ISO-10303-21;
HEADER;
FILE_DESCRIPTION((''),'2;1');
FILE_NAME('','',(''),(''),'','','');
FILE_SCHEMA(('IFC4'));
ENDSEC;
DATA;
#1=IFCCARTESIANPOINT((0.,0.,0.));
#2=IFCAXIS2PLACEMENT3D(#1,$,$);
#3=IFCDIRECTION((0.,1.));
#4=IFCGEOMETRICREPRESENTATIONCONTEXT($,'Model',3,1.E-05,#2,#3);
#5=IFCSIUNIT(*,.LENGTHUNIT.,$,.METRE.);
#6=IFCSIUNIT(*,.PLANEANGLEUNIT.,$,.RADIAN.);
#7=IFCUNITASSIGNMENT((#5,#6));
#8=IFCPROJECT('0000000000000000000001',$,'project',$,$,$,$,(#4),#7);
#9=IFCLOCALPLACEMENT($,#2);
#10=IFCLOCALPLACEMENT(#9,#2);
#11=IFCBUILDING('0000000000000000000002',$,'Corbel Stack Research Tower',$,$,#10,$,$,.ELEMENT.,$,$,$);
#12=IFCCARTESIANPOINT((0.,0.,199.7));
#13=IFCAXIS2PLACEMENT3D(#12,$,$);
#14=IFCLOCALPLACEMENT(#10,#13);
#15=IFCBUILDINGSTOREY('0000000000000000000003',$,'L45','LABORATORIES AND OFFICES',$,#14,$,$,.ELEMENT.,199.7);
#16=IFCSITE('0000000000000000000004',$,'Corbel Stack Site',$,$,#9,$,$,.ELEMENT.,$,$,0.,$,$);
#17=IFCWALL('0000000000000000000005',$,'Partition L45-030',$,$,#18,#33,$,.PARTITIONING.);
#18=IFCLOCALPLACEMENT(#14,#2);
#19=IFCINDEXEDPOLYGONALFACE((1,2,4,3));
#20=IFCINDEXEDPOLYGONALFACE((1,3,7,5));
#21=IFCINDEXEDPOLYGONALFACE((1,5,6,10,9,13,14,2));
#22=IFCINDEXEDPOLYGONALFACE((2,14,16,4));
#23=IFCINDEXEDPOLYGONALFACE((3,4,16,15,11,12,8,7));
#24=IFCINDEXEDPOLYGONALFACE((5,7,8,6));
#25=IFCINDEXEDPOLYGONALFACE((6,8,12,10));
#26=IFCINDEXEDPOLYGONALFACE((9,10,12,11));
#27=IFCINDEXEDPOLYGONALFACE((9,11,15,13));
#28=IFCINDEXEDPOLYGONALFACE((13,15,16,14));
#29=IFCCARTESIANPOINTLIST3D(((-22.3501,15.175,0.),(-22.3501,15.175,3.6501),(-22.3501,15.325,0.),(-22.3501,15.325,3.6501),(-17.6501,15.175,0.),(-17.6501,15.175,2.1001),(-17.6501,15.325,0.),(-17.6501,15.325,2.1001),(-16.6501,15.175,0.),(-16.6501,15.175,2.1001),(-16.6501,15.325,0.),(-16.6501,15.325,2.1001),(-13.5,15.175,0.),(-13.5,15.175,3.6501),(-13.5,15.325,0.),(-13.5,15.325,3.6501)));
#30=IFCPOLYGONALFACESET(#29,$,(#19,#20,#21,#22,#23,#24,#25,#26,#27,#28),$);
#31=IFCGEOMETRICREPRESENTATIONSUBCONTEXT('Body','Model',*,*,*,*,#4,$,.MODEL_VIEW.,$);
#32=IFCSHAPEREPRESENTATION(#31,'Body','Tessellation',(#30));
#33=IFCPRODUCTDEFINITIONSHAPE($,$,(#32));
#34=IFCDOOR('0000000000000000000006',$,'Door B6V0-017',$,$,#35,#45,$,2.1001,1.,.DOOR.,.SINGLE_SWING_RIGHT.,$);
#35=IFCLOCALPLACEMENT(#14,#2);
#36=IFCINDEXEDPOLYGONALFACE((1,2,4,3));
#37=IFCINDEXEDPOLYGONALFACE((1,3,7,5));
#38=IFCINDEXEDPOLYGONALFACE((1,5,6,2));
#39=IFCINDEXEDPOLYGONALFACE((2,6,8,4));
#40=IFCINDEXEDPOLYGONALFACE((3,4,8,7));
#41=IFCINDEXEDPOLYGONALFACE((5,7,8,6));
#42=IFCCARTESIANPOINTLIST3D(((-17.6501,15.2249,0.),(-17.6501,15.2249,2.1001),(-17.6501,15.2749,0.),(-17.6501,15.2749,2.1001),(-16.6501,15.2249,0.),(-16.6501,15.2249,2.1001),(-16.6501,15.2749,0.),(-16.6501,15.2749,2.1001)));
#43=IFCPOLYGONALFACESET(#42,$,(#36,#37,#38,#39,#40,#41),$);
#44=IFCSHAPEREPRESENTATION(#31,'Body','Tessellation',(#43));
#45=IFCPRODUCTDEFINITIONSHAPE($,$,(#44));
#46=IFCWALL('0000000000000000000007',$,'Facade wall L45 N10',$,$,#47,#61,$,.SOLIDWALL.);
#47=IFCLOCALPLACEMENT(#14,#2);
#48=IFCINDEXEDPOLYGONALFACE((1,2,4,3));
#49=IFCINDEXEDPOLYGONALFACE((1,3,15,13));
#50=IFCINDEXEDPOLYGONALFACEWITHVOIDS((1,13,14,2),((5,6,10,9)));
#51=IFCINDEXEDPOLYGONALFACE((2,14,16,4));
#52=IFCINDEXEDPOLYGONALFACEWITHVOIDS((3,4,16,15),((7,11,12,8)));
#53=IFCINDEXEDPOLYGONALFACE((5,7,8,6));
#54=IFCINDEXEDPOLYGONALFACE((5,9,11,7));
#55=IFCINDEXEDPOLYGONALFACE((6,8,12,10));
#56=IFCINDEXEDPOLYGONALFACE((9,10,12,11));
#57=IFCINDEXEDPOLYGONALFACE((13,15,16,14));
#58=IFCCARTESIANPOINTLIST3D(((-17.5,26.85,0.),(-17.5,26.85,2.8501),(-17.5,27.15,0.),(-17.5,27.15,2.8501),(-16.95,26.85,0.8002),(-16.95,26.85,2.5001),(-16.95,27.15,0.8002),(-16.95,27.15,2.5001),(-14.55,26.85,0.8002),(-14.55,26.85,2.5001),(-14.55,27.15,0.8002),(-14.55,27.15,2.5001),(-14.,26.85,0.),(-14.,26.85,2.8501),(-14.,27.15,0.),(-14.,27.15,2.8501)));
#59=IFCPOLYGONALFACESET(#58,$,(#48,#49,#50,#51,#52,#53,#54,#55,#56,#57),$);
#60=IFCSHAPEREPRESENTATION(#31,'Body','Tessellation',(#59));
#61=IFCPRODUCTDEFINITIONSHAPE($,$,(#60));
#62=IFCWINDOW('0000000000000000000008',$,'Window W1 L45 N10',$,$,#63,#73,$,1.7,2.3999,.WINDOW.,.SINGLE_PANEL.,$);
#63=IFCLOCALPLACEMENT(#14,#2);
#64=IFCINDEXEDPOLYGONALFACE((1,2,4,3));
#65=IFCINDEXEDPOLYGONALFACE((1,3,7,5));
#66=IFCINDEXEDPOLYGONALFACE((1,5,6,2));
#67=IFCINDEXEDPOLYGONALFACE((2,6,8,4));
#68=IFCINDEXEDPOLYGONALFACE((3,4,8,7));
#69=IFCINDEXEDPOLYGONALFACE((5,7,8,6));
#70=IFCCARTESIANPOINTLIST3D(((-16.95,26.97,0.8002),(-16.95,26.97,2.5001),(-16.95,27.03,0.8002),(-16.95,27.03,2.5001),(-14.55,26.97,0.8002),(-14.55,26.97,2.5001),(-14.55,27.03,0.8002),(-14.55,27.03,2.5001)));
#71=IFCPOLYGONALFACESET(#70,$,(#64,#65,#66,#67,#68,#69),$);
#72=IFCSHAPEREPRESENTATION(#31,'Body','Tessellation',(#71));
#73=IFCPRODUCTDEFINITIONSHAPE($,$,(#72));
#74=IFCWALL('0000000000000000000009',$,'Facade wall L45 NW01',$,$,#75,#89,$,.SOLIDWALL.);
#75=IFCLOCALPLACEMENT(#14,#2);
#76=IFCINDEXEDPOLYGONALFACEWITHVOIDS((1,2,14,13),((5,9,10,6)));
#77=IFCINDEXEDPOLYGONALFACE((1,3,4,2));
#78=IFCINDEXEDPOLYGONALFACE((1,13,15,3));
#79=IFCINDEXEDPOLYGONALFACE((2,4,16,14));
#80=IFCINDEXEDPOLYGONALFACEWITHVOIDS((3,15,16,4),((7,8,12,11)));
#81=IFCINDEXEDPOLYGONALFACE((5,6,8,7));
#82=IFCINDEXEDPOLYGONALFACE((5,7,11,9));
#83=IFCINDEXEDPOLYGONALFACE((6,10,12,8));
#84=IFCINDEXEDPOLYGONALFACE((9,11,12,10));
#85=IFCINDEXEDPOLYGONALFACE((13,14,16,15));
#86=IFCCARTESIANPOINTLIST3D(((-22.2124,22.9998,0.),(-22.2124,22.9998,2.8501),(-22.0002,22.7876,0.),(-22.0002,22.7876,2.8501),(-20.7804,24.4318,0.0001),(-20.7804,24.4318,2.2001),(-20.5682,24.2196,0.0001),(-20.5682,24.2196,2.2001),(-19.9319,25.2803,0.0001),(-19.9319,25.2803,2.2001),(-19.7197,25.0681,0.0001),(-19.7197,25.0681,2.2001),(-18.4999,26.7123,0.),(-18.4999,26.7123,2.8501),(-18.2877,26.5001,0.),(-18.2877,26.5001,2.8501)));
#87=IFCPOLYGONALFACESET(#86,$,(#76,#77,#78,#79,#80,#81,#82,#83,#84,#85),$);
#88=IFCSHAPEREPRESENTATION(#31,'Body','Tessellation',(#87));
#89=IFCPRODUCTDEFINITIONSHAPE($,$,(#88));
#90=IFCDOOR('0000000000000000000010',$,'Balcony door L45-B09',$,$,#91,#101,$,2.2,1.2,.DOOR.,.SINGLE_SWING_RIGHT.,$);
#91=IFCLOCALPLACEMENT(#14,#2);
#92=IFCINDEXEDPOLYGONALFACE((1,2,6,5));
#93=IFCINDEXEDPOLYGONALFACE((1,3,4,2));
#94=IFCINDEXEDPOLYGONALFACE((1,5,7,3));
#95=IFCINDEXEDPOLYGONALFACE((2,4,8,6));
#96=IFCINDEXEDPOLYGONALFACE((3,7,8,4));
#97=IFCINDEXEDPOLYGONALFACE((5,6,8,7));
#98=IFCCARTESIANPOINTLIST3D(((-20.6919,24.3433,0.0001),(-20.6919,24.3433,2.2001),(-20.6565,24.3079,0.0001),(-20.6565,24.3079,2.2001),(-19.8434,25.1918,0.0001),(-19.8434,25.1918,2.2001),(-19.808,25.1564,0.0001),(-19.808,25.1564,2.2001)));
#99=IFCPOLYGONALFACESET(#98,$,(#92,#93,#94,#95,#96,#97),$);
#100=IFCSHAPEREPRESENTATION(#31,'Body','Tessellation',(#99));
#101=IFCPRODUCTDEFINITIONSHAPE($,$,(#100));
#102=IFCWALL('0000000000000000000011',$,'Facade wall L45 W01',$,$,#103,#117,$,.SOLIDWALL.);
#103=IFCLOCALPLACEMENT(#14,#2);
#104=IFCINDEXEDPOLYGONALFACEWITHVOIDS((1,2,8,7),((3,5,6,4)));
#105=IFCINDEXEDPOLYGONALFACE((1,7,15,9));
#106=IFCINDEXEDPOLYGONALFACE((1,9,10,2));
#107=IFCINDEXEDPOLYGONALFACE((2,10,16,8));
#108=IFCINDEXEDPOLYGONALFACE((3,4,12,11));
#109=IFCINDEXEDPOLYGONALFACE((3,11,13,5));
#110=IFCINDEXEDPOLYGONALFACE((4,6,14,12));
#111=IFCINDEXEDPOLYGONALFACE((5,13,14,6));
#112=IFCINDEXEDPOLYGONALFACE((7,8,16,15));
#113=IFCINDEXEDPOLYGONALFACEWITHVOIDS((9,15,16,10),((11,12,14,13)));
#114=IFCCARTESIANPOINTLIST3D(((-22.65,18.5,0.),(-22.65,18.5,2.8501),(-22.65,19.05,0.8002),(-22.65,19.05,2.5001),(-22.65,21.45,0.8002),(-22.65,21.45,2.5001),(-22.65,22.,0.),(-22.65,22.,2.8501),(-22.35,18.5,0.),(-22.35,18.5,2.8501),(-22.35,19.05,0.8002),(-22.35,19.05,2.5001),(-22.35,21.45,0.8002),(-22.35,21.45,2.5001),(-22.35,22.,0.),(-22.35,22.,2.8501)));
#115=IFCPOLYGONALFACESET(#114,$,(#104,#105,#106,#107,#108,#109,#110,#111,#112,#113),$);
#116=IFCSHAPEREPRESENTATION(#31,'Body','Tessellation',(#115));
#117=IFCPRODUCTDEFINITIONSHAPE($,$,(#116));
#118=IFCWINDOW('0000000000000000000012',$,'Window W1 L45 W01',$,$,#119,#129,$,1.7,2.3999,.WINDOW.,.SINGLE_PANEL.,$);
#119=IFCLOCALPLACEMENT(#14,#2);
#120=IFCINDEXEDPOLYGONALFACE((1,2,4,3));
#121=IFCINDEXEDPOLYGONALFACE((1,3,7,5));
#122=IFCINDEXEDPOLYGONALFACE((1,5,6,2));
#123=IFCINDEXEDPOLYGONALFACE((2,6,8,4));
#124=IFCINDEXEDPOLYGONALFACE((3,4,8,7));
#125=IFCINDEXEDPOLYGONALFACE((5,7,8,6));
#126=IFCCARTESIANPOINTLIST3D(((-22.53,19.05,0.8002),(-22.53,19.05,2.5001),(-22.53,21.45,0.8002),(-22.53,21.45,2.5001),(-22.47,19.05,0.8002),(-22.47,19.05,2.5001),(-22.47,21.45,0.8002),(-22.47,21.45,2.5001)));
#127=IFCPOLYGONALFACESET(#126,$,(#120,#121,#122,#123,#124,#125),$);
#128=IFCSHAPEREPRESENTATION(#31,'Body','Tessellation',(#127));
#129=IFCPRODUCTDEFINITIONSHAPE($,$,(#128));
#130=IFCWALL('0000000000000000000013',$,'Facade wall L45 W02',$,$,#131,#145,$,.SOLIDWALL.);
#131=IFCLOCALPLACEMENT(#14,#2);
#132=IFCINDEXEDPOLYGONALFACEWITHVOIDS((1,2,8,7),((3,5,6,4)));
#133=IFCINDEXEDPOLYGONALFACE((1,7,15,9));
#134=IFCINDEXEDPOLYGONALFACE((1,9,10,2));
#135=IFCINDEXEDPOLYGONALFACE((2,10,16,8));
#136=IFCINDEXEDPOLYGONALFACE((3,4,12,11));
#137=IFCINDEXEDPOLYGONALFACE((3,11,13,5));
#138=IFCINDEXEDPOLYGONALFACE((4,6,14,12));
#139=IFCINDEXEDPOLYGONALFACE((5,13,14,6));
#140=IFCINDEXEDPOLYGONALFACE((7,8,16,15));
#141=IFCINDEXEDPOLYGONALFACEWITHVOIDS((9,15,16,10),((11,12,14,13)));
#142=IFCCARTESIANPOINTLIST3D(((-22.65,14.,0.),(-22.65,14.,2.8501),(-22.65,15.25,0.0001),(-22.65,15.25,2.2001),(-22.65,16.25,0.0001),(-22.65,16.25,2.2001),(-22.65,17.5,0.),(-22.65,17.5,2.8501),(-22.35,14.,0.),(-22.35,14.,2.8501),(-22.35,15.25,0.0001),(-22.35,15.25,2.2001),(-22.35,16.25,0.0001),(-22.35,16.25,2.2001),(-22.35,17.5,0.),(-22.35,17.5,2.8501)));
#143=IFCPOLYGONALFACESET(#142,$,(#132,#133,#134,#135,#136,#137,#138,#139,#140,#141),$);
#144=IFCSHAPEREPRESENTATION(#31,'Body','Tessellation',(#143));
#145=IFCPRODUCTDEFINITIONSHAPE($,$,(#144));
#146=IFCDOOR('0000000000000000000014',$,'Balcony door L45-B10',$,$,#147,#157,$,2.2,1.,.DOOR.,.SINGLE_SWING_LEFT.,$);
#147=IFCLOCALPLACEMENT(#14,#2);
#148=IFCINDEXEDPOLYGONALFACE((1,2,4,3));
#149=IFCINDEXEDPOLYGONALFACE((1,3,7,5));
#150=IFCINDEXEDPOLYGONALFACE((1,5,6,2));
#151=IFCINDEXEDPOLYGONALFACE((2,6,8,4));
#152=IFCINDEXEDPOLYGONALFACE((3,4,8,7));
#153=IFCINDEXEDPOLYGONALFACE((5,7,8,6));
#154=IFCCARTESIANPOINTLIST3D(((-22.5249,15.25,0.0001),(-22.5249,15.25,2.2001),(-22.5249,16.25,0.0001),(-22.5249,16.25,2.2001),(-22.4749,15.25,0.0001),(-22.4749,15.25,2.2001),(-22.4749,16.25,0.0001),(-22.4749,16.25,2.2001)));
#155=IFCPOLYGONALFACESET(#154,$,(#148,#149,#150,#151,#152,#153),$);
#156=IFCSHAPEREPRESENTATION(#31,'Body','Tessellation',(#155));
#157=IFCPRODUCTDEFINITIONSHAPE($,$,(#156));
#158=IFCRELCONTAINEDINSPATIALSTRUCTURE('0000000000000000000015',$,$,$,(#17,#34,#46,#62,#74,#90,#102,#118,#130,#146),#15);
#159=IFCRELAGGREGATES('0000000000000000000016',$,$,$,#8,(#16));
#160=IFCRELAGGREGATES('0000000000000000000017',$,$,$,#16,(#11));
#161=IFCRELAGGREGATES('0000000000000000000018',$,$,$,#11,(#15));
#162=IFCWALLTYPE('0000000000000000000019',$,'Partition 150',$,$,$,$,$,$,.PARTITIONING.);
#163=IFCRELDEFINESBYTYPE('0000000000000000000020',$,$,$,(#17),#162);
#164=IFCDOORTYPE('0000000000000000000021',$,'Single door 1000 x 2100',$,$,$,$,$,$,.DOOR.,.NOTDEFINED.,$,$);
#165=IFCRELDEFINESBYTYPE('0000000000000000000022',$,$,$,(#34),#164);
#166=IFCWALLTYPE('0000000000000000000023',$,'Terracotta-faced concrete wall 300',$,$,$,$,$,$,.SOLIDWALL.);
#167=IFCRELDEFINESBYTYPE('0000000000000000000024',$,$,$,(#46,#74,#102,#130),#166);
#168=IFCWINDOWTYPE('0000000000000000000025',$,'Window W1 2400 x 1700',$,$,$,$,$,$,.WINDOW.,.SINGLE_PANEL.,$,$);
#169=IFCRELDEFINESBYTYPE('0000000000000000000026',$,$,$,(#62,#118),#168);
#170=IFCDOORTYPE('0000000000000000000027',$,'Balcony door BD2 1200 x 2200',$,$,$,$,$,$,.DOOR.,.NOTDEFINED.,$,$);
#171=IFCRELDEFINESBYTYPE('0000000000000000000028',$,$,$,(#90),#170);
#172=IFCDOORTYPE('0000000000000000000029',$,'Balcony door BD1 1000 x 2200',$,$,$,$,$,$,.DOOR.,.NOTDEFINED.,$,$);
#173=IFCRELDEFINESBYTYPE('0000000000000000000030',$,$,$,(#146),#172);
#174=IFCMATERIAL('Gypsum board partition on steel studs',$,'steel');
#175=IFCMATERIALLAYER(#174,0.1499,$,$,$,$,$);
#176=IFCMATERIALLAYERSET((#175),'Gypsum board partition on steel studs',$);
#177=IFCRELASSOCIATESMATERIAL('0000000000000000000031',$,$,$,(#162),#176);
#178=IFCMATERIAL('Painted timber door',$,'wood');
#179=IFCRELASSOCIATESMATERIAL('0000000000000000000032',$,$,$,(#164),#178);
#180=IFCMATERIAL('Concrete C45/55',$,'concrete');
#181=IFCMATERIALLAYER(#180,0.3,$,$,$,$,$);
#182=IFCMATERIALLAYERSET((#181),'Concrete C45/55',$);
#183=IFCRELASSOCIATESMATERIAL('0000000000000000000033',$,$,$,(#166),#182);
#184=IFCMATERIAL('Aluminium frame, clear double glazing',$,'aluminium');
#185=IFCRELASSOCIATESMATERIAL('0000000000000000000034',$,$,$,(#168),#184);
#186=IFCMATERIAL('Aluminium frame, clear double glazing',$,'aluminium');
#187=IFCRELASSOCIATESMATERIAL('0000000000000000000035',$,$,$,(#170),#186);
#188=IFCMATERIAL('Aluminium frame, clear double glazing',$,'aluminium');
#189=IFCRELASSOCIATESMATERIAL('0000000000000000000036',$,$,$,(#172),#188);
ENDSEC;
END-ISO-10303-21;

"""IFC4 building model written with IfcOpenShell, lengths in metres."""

from ifc_helpers import new_model, si_unit, direction, frame, frame_2d, origin, place, context, subcontext, project, spatial, rectangle, extrude, material, layer, layer_set, type_object, element, fill, save


model = new_model("IFC4")

# Units and contexts
model_context = context("Model", 3, precision=1e-05, world=origin(), true_north=direction((0.0, 1.0)))
body_context = subcontext(model_context, "Body", "Model", "MODEL_VIEW")
ifc_project = project(units=[si_unit("LENGTHUNIT", "METRE"), si_unit("PLANEANGLEUNIT", "RADIAN")], contexts=[model_context])

# Site, building, storey
site_placement = place(None, origin())
site = spatial("IfcSite", under=ifc_project, at=site_placement, Name="Corbel Stack Site", CompositionType="ELEMENT", RefElevation=0.0)
building_placement = place(site_placement, origin())
building = spatial("IfcBuilding", under=site, at=building_placement, Name="Corbel Stack Research Tower", CompositionType="ELEMENT")
storey_placement = place(building_placement, frame((0.0, 0.0, 199.7)))
storey = spatial("IfcBuildingStorey", under=building, at=storey_placement, Name="L45", Description="LABORATORIES AND OFFICES", CompositionType="ELEMENT", Elevation=199.7)

# Wall, opening, door
ifc_material_1 = material(Name="Gypsum board partition on steel studs", Category="steel")
ifc_layer_1 = layer(ifc_material_1, 0.1499)
ifc_layer_set_1 = layer_set([ifc_layer_1], Name="Gypsum board partition on steel studs")
wall_type_1 = type_object("IfcWallType", Name="Partition 150", PredefinedType="PARTITIONING", material=ifc_layer_set_1)
wall_1_placement = place(storey_placement, frame((-22.3501, 15.25, 0.0), z_axis=(0.0, 0.0, 1.0), x_axis=(1.0, 0.0, 0.0)))
wall_1 = element("IfcWall", 1, at=wall_1_placement, inside=storey, type_object=wall_type_1, Name="Partition L45-030", PredefinedType="PARTITIONING", context=body_context, shape_type="SweptSolid", body=[
    extrude(rectangle(XDim=8.8501, YDim=0.1499, at=frame_2d((4.425, 0.0))), origin(), (0.0, 0.0, 1.0), 3.6501),
])
opening_1_placement = place(wall_1_placement, frame((4.7, 0.0, 0.0)))
opening_1 = element("IfcOpeningElement", 2, at=opening_1_placement, cuts=wall_1, PredefinedType="OPENING", context=body_context, shape_type="SweptSolid", body=[
    extrude(rectangle(XDim=1.0, YDim=2.1001, at=frame_2d((0.5, 1.05))), frame((0.0, 0.085, 0.0), z_axis=(0.0, -1.0, 0.0), x_axis=(1.0, 0.0, 0.0)), (0.0, 0.0, 1.0), 0.1699),
])
ifc_material_2 = material(Name="Painted timber door", Category="wood")
door_type_1 = type_object("IfcDoorType", Name="Single door 1000 x 2100", OperationType="NOTDEFINED", PredefinedType="DOOR", material=ifc_material_2)
door_1_placement = place(opening_1_placement, origin())
door_1 = element("IfcDoor", 3, at=door_1_placement, inside=storey, type_object=door_type_1, Name="Door B6V0-017", OperationType="SINGLE_SWING_RIGHT", OverallHeight=2.1001, OverallWidth=1.0, PredefinedType="DOOR", context=body_context, shape_type="SweptSolid", body=[
    extrude(rectangle(XDim=1.0, YDim=2.1001, at=frame_2d((0.5, 1.05))), frame((0.0, 0.0249, 0.0), z_axis=(0.0, -1.0, 0.0), x_axis=(1.0, 0.0, 0.0)), (0.0, 0.0, 1.0), 0.05),
])
fill(opening_1, door_1)

# Wall, opening, window
ifc_material_3 = material(Name="Concrete C45/55", Category="concrete")
ifc_layer_2 = layer(ifc_material_3, 0.3)
ifc_layer_set_2 = layer_set([ifc_layer_2], Name="Concrete C45/55")
wall_type_2 = type_object("IfcWallType", Name="Terracotta-faced concrete wall 300", PredefinedType="SOLIDWALL", material=ifc_layer_set_2)
wall_2_placement = place(storey_placement, frame((-17.5, 27.0, 0.0), z_axis=(0.0, 0.0, 1.0), x_axis=(1.0, 0.0, 0.0)))
wall_2 = element("IfcWall", 4, at=wall_2_placement, inside=storey, type_object=wall_type_2, Name="Facade wall L45 N10", PredefinedType="SOLIDWALL", context=body_context, shape_type="SweptSolid", body=[
    extrude(rectangle(XDim=3.5, YDim=0.3, at=frame_2d((1.75, 0.0))), origin(), (0.0, 0.0, 1.0), 2.8501),
])
opening_2_placement = place(wall_2_placement, frame((0.55, 0.0, 0.8)))
opening_2 = element("IfcOpeningElement", 5, at=opening_2_placement, cuts=wall_2, PredefinedType="OPENING", context=body_context, shape_type="SweptSolid", body=[
    extrude(rectangle(XDim=2.3999, YDim=1.7, at=frame_2d((1.2, 0.8501))), frame((0.0, 0.1599, 0.0), z_axis=(0.0, -1.0, 0.0), x_axis=(1.0, 0.0, 0.0)), (0.0, 0.0, 1.0), 0.3201),
])
ifc_material_4 = material(Name="Aluminium frame, clear double glazing", Category="aluminium")
window_type = type_object("IfcWindowType", Name="Window W1 2400 x 1700", PartitioningType="SINGLE_PANEL", PredefinedType="WINDOW", material=ifc_material_4)
window_1_placement = place(opening_2_placement, origin())
window_1 = element("IfcWindow", 6, at=window_1_placement, inside=storey, type_object=window_type, Name="Window W1 L45 N10", OverallHeight=1.7, OverallWidth=2.3999, PartitioningType="SINGLE_PANEL", PredefinedType="WINDOW", context=body_context, shape_type="SweptSolid", body=[
    extrude(rectangle(XDim=2.3999, YDim=1.7, at=frame_2d((1.2, 0.8501))), frame((0.0, 0.03, 0.0), z_axis=(0.0, -1.0, 0.0), x_axis=(1.0, 0.0, 0.0)), (0.0, 0.0, 1.0), 0.0601),
])
fill(opening_2, window_1)

# Wall, opening, door
wall_3_placement = place(storey_placement, frame((-22.1062, 22.8938, 0.0), z_axis=(0.0, 0.0, 1.0), x_axis=(0.707107, 0.707107, 0.0)))
wall_3 = element("IfcWall", 7, at=wall_3_placement, inside=storey, type_object=wall_type_2, Name="Facade wall L45 NW01", PredefinedType="SOLIDWALL", context=body_context, shape_type="SweptSolid", body=[
    extrude(rectangle(XDim=5.2502, YDim=0.3, at=frame_2d((2.625, 0.0))), origin(), (0.0, 0.0, 1.0), 2.8501),
])
opening_3_placement = place(wall_3_placement, frame((2.0249, 0.0, 0.0)))
opening_3 = element("IfcOpeningElement", 8, at=opening_3_placement, cuts=wall_3, PredefinedType="OPENING", context=body_context, shape_type="SweptSolid", body=[
    extrude(rectangle(XDim=1.2, YDim=2.2, at=frame_2d((0.6001, 1.1001))), frame((0.0, 0.1599, 0.0), z_axis=(0.0, -1.0, 0.0), x_axis=(1.0, 0.0, 0.0)), (0.0, 0.0, 1.0), 0.3201),
])
ifc_material_5 = material(Name="Aluminium frame, clear double glazing", Category="aluminium")
door_type_2 = type_object("IfcDoorType", Name="Balcony door BD2 1200 x 2200", OperationType="NOTDEFINED", PredefinedType="DOOR", material=ifc_material_5)
door_2_placement = place(opening_3_placement, origin())
door_2 = element("IfcDoor", 9, at=door_2_placement, inside=storey, type_object=door_type_2, Name="Balcony door L45-B09", OperationType="SINGLE_SWING_RIGHT", OverallHeight=2.2, OverallWidth=1.2, PredefinedType="DOOR", context=body_context, shape_type="SweptSolid", body=[
    extrude(rectangle(XDim=1.2, YDim=2.2, at=frame_2d((0.6001, 1.1001))), frame((0.0, 0.0249, 0.0), z_axis=(0.0, -1.0, 0.0), x_axis=(1.0, 0.0, 0.0)), (0.0, 0.0, 1.0), 0.05),
])
fill(opening_3, door_2)

# Wall, opening, window
wall_4_placement = place(storey_placement, frame((-22.5, 18.5, 0.0), z_axis=(0.0, 0.0, 1.0), x_axis=(0.0, 1.0, 0.0)))
wall_4 = element("IfcWall", 10, at=wall_4_placement, inside=storey, type_object=wall_type_2, Name="Facade wall L45 W01", PredefinedType="SOLIDWALL", context=body_context, shape_type="SweptSolid", body=[
    extrude(rectangle(XDim=3.5, YDim=0.3, at=frame_2d((1.75, 0.0))), origin(), (0.0, 0.0, 1.0), 2.8501),
])
opening_4_placement = place(wall_4_placement, frame((0.55, 0.0, 0.8)))
opening_4 = element("IfcOpeningElement", 11, at=opening_4_placement, cuts=wall_4, PredefinedType="OPENING", context=body_context, shape_type="SweptSolid", body=[
    extrude(rectangle(XDim=2.3999, YDim=1.7, at=frame_2d((1.2, 0.8501))), frame((0.0, 0.1599, 0.0), z_axis=(0.0, -1.0, 0.0), x_axis=(1.0, 0.0, 0.0)), (0.0, 0.0, 1.0), 0.3201),
])
window_2_placement = place(opening_4_placement, origin())
window_2 = element("IfcWindow", 12, at=window_2_placement, inside=storey, type_object=window_type, Name="Window W1 L45 W01", OverallHeight=1.7, OverallWidth=2.3999, PartitioningType="SINGLE_PANEL", PredefinedType="WINDOW", context=body_context, shape_type="SweptSolid", body=[
    extrude(rectangle(XDim=2.3999, YDim=1.7, at=frame_2d((1.2, 0.8501))), frame((0.0, 0.03, 0.0), z_axis=(0.0, -1.0, 0.0), x_axis=(1.0, 0.0, 0.0)), (0.0, 0.0, 1.0), 0.0601),
])
fill(opening_4, window_2)

# Wall, opening, door
wall_5_placement = place(storey_placement, frame((-22.5, 14.0, 0.0), z_axis=(0.0, 0.0, 1.0), x_axis=(0.0, 1.0, 0.0)))
wall_5 = element("IfcWall", 13, at=wall_5_placement, inside=storey, type_object=wall_type_2, Name="Facade wall L45 W02", PredefinedType="SOLIDWALL", context=body_context, shape_type="SweptSolid", body=[
    extrude(rectangle(XDim=3.5, YDim=0.3, at=frame_2d((1.75, 0.0))), origin(), (0.0, 0.0, 1.0), 2.8501),
])
opening_5_placement = place(wall_5_placement, frame((1.25, 0.0, 0.0)))
opening_5 = element("IfcOpeningElement", 14, at=opening_5_placement, cuts=wall_5, PredefinedType="OPENING", context=body_context, shape_type="SweptSolid", body=[
    extrude(rectangle(XDim=1.0, YDim=2.2, at=frame_2d((0.5, 1.1001))), frame((0.0, 0.1599, 0.0), z_axis=(0.0, -1.0, 0.0), x_axis=(1.0, 0.0, 0.0)), (0.0, 0.0, 1.0), 0.3201),
])
ifc_material_6 = material(Name="Aluminium frame, clear double glazing", Category="aluminium")
door_type_3 = type_object("IfcDoorType", Name="Balcony door BD1 1000 x 2200", OperationType="NOTDEFINED", PredefinedType="DOOR", material=ifc_material_6)
door_3_placement = place(opening_5_placement, origin())
door_3 = element("IfcDoor", 15, at=door_3_placement, inside=storey, type_object=door_type_3, Name="Balcony door L45-B10", OperationType="SINGLE_SWING_LEFT", OverallHeight=2.2, OverallWidth=1.0, PredefinedType="DOOR", context=body_context, shape_type="SweptSolid", body=[
    extrude(rectangle(XDim=1.0, YDim=2.2, at=frame_2d((0.5, 1.1001))), frame((0.0, 0.0249, 0.0), z_axis=(0.0, -1.0, 0.0), x_axis=(1.0, 0.0, 0.0)), (0.0, 0.0, 1.0), 0.05),
])
fill(opening_5, door_3)

save(model, "model.ifc")
